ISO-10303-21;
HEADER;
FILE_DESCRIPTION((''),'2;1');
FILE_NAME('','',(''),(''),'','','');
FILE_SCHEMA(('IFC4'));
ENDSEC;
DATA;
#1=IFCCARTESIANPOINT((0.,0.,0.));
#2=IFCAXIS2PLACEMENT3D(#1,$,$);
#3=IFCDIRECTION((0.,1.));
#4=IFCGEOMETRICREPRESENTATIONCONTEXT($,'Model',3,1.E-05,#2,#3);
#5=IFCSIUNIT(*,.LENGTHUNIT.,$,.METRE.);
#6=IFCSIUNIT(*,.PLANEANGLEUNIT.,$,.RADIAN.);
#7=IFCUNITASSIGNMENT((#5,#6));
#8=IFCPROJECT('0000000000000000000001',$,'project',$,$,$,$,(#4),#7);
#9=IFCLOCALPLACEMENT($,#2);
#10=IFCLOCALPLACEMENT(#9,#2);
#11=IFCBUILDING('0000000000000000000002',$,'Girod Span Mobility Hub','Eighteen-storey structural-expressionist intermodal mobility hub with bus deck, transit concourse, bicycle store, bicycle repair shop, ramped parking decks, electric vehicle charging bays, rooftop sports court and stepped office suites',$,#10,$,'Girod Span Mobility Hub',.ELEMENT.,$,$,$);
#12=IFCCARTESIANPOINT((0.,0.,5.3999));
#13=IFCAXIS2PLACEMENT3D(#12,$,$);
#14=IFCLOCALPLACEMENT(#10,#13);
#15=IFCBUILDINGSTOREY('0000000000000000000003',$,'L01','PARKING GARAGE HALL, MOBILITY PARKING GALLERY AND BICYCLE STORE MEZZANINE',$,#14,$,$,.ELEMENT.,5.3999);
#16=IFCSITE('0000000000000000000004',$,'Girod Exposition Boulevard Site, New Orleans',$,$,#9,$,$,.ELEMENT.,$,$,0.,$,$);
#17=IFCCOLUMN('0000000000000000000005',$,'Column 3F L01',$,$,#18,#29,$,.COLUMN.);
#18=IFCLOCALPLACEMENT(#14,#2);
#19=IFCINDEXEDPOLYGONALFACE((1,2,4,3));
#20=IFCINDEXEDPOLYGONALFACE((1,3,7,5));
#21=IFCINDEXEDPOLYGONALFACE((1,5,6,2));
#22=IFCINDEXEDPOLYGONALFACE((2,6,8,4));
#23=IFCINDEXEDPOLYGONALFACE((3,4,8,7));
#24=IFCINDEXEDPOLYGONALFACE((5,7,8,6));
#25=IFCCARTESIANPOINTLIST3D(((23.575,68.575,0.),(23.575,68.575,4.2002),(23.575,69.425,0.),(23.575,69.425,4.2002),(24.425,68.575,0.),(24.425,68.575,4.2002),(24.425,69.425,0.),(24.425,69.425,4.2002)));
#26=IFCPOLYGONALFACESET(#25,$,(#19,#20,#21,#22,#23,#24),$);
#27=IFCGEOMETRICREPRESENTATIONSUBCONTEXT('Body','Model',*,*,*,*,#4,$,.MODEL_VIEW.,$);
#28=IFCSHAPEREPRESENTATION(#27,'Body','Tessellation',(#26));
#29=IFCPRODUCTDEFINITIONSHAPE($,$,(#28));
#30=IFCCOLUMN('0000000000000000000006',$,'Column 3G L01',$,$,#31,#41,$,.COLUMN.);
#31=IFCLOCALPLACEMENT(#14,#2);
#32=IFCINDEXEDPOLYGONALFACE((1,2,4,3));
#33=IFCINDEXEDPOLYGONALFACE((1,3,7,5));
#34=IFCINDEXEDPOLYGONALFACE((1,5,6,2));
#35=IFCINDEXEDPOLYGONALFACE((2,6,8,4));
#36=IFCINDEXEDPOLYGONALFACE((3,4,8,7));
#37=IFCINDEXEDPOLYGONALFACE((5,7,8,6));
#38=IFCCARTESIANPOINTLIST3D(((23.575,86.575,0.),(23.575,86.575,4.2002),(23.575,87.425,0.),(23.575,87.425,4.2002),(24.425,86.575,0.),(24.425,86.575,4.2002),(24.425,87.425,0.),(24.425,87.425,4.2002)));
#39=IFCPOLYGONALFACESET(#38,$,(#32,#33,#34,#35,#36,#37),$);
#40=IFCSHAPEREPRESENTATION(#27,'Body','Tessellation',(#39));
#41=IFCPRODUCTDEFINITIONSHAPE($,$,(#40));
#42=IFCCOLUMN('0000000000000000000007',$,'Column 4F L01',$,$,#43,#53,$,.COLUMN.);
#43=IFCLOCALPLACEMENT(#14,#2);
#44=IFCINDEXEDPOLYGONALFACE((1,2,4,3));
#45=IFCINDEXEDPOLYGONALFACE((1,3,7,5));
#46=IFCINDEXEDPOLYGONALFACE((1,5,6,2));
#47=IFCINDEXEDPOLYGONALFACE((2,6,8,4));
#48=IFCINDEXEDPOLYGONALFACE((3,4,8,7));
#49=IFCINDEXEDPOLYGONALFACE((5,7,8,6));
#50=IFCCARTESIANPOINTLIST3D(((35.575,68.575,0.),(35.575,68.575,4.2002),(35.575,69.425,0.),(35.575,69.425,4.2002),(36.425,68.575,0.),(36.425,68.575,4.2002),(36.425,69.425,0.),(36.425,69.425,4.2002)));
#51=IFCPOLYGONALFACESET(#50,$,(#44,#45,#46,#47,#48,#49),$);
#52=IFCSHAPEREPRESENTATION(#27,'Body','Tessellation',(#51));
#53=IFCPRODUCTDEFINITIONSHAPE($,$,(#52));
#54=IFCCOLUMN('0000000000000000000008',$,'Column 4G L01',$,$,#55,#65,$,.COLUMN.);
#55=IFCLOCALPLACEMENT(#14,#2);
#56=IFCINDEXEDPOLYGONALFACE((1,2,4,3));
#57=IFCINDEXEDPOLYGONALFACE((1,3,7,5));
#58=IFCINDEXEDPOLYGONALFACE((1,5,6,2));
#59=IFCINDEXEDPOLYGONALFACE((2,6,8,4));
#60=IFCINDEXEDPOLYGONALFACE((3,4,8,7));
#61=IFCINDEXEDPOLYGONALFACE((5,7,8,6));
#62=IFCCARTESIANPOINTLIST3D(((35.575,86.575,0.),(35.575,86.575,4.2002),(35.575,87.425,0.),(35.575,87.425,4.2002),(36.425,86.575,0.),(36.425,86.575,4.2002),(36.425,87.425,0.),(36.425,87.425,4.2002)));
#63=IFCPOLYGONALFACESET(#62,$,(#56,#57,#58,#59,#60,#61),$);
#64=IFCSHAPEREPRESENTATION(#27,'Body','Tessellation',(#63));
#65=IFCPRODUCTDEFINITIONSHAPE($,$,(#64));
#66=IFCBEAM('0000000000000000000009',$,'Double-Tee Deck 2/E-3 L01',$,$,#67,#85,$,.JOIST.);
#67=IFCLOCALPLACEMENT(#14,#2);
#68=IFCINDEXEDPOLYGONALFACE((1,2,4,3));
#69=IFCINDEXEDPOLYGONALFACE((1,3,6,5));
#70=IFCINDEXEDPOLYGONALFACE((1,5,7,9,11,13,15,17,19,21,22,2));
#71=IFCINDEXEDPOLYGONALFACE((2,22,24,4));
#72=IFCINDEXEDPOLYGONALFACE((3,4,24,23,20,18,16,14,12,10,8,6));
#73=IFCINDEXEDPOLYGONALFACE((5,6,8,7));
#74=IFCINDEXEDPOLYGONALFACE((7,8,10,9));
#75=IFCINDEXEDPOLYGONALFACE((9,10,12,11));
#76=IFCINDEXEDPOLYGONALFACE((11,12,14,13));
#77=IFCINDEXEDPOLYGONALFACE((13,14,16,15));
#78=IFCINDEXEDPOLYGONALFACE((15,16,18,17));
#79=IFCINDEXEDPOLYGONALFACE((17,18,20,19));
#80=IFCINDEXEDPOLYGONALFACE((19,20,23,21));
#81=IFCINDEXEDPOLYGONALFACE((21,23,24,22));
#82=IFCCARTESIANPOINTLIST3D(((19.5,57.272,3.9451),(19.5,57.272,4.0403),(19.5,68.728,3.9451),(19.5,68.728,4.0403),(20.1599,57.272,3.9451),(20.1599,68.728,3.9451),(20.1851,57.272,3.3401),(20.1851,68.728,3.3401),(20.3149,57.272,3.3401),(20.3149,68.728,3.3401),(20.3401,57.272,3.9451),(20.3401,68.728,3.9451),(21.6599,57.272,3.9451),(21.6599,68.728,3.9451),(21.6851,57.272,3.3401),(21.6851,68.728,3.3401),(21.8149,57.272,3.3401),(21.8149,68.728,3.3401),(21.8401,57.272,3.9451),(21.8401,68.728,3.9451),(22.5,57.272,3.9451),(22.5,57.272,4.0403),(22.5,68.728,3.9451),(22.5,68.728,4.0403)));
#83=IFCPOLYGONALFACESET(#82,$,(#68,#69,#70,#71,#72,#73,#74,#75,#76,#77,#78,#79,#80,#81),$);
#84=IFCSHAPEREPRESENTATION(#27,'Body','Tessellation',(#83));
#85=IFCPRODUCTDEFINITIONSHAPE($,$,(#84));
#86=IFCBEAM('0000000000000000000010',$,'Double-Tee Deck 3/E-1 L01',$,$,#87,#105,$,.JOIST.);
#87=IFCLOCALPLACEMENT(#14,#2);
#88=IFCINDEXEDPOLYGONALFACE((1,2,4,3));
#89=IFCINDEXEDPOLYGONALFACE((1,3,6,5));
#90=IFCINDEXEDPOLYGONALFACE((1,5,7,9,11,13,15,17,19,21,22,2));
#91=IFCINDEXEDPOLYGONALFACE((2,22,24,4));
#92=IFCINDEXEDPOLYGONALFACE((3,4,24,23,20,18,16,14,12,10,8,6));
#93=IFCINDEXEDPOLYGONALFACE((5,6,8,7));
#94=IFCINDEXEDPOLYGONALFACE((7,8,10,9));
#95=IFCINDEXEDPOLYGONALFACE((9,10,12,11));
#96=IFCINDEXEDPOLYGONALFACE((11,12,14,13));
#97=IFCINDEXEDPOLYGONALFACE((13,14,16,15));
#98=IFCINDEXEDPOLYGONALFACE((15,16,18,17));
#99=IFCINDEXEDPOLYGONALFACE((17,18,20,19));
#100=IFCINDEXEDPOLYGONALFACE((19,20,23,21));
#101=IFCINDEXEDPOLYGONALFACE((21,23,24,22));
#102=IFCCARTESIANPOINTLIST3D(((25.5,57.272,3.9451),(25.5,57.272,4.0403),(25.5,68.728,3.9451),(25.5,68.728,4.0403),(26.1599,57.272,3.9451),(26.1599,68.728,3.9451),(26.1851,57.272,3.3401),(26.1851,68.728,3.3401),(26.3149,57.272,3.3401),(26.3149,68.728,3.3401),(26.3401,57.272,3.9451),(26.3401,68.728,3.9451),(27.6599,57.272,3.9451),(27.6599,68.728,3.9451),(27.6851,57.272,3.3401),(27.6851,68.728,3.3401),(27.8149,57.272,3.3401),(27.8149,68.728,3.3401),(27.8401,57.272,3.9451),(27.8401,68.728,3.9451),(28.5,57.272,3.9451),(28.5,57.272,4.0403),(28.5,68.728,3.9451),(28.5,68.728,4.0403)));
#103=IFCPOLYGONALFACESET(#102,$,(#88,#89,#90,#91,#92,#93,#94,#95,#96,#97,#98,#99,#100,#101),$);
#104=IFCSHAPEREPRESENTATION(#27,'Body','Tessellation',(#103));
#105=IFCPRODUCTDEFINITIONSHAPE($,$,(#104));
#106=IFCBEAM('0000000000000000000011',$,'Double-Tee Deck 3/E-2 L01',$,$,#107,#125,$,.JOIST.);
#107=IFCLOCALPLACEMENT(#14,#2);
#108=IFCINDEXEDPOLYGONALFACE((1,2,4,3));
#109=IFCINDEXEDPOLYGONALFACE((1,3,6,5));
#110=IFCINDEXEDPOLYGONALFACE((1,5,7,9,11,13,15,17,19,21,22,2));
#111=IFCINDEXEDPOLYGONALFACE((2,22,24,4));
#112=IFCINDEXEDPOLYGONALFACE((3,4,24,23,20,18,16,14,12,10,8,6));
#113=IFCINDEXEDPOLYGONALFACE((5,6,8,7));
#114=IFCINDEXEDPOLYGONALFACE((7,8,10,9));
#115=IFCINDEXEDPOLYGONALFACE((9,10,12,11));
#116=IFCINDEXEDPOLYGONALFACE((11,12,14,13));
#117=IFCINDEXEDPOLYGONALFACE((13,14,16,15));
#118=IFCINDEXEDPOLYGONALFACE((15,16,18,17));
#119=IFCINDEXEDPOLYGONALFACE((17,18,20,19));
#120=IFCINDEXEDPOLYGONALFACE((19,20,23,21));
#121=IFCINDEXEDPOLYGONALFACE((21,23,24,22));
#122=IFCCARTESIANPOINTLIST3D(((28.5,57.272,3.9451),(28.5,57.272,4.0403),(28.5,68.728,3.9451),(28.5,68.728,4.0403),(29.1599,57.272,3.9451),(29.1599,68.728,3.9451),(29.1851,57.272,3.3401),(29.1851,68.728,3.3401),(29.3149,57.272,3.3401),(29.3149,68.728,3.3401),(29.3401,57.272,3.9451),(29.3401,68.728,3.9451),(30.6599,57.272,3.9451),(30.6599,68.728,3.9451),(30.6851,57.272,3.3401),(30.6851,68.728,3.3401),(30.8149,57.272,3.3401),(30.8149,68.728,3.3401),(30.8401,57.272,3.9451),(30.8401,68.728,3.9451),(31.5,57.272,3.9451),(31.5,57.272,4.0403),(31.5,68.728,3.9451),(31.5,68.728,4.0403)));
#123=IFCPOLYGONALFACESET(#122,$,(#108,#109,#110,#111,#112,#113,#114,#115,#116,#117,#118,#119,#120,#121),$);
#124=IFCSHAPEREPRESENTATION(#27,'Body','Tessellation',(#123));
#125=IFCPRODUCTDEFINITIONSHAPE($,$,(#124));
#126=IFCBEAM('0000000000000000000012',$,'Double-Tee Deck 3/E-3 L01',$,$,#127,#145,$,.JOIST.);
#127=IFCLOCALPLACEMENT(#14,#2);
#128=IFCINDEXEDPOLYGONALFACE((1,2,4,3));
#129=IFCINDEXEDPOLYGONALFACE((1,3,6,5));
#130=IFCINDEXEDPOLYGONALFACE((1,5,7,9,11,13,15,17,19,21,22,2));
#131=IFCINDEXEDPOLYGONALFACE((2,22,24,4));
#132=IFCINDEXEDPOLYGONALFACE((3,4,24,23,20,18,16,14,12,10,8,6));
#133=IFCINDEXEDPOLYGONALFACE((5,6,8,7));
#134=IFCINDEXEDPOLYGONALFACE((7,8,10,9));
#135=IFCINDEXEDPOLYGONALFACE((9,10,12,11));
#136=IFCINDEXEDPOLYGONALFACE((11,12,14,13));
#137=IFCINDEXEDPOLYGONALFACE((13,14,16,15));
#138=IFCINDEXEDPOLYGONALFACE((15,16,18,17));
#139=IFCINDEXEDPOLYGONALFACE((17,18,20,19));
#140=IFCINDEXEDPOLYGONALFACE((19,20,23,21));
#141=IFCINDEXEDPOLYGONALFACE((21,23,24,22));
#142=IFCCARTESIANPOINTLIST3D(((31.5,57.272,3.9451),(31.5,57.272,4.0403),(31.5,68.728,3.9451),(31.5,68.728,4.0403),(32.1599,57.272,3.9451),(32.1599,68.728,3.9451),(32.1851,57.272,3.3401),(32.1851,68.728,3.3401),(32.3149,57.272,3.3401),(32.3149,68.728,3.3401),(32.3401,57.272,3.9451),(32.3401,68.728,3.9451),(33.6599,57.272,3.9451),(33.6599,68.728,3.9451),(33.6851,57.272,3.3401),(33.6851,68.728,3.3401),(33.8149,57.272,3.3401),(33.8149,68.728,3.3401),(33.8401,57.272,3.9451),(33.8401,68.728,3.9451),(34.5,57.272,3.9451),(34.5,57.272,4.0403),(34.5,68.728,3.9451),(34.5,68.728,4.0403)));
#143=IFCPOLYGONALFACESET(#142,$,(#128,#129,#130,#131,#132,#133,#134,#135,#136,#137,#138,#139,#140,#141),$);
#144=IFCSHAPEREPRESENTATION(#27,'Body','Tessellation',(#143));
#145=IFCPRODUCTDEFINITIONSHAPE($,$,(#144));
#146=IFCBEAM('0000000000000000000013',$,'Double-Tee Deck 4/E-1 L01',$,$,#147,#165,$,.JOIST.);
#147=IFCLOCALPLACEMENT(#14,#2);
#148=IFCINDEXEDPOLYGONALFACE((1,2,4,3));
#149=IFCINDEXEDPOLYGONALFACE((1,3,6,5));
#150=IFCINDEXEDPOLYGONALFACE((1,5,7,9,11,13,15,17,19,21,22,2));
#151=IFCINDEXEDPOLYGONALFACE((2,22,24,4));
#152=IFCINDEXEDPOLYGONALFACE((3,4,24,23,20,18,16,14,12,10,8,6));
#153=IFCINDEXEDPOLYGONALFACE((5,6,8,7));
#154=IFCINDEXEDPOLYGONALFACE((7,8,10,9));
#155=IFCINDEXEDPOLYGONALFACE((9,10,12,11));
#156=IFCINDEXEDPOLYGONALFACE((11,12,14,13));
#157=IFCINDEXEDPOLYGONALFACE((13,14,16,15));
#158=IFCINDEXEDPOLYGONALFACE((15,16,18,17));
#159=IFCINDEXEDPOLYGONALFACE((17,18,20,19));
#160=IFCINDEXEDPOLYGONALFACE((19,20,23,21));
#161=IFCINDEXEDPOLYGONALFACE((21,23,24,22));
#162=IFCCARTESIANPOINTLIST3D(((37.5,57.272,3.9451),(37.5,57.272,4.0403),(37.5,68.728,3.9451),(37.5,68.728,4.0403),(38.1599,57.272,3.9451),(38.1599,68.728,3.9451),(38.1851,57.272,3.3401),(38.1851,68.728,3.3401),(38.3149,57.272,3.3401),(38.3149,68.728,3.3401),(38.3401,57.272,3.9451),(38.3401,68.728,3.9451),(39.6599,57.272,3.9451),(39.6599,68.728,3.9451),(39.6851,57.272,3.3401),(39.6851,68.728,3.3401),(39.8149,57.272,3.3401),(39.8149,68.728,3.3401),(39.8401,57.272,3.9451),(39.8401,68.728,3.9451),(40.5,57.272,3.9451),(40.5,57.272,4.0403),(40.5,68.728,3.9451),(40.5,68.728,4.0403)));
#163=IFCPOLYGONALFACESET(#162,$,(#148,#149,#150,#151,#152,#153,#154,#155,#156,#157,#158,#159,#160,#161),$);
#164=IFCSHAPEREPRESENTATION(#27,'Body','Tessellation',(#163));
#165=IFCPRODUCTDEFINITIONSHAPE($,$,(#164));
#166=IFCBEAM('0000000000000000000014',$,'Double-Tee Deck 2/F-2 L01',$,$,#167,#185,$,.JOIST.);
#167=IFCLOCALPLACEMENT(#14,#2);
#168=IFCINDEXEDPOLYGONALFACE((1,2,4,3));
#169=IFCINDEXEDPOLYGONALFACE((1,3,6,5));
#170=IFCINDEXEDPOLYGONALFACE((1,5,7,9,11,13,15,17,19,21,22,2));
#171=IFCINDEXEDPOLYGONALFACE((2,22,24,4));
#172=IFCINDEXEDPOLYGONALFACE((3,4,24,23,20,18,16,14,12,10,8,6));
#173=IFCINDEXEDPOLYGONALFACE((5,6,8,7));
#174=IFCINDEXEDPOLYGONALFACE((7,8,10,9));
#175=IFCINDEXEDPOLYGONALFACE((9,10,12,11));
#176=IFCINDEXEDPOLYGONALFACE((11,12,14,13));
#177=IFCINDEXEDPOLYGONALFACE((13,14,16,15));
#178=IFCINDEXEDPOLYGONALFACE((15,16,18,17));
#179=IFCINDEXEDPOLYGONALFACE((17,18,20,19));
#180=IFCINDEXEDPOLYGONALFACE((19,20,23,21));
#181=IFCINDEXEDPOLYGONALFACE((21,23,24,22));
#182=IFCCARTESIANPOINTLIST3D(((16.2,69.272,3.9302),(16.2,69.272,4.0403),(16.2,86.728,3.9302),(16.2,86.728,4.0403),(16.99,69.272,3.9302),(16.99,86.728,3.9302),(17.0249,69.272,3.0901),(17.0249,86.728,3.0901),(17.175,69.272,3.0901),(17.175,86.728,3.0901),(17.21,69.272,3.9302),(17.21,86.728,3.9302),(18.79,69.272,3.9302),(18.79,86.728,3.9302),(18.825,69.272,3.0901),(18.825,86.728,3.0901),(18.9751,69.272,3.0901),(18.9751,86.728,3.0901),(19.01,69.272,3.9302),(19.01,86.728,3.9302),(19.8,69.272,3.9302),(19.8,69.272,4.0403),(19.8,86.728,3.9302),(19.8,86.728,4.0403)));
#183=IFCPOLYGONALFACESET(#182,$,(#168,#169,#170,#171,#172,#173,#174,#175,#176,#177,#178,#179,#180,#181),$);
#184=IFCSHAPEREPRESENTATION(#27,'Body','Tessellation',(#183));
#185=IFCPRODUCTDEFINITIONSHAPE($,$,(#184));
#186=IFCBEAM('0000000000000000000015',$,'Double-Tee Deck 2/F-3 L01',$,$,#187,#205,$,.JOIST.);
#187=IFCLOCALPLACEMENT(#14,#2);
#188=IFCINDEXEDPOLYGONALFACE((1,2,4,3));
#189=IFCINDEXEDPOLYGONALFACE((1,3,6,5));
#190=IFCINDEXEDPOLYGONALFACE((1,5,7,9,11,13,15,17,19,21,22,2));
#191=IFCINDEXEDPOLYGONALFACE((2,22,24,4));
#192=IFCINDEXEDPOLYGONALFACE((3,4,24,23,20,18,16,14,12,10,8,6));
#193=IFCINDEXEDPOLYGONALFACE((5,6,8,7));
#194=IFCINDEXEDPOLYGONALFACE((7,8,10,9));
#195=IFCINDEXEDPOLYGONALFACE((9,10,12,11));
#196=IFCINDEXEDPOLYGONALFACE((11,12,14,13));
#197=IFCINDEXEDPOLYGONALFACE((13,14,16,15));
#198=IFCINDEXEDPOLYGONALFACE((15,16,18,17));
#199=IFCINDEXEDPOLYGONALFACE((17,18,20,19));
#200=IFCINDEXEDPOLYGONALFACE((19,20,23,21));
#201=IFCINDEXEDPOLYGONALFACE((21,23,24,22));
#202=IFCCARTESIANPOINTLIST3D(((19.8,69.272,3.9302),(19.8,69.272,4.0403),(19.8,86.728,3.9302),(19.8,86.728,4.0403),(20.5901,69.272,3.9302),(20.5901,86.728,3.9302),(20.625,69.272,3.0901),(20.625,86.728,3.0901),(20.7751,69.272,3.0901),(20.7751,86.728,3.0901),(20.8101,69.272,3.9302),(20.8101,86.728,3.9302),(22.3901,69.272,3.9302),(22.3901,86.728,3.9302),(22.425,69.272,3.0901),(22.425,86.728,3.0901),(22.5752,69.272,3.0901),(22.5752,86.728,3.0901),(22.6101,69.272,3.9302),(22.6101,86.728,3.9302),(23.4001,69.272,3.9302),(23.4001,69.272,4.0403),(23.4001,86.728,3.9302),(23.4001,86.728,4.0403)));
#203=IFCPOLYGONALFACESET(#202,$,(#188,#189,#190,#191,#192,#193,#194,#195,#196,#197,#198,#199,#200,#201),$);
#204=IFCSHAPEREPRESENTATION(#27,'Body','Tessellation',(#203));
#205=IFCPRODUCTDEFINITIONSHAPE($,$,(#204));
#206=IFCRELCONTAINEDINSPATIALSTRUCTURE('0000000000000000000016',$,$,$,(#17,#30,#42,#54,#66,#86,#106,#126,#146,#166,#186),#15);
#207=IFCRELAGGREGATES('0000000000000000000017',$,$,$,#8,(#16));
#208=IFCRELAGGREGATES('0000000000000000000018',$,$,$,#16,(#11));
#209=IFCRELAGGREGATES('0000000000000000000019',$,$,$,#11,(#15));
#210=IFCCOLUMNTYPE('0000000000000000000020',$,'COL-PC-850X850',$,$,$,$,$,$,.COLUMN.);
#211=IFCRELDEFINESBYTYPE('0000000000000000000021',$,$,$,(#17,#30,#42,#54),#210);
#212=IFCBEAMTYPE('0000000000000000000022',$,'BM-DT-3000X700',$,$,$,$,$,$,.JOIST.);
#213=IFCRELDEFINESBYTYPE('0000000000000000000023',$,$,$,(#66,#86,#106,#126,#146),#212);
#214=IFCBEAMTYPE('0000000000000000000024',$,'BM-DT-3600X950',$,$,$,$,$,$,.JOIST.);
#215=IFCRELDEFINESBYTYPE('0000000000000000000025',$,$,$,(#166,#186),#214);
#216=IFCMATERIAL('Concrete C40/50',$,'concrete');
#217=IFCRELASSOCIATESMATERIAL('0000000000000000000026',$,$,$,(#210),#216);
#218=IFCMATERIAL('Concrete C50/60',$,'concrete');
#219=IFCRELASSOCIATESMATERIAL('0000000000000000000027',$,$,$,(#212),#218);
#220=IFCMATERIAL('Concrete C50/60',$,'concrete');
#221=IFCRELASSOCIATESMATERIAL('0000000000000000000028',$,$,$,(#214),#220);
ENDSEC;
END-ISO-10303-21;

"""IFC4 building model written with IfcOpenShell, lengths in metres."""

from ifc_helpers import new_model, si_unit, direction, frame, origin, origin_2d, place, context, subcontext, project, spatial, polyline, rectangle, outline, extrude, material, material_profile, profile_set, type_object, element, save


model = new_model("IFC4")

# Units and contexts
model_context = context("Model", 3, precision=1e-05, world=origin(), true_north=direction((0.0, 1.0)))
body_context = subcontext(model_context, "Body", "Model", "MODEL_VIEW")
ifc_project = project(units=[si_unit("LENGTHUNIT", "METRE"), si_unit("PLANEANGLEUNIT", "RADIAN")], contexts=[model_context])

# Site, building, storey
site_placement = place(None, origin())
site = spatial("IfcSite", under=ifc_project, at=site_placement, Name="Girod Exposition Boulevard Site, New Orleans", CompositionType="ELEMENT", RefElevation=0.0)
building_placement = place(site_placement, origin())
building = spatial("IfcBuilding", under=site, at=building_placement, Name="Girod Span Mobility Hub", Description="Eighteen-storey structural-expressionist intermodal mobility hub with bus deck, transit concourse, bicycle store, bicycle repair shop, ramped parking decks, electric vehicle charging bays, rooftop sports court and stepped office suites", LongName="Girod Span Mobility Hub", CompositionType="ELEMENT")
storey_placement = place(building_placement, frame((0.0, 0.0, 5.3999)))
storey = spatial("IfcBuildingStorey", under=building, at=storey_placement, Name="L01", Description="PARKING GARAGE HALL, MOBILITY PARKING GALLERY AND BICYCLE STORE MEZZANINE", CompositionType="ELEMENT", Elevation=5.3999)

# Columns
ifc_material_1 = material(Name="Concrete C40/50", Category="concrete")
ifc_material_profile_1 = material_profile(ifc_material_1, rectangle(XDim=0.8501, YDim=0.8501, at=origin_2d()), Name="PC-COL-850X850")
ifc_profile_set_1 = profile_set([ifc_material_profile_1], Name="Concrete C40/50")
column_type = type_object("IfcColumnType", Name="COL-PC-850X850", PredefinedType="COLUMN", material=ifc_profile_set_1)
for number, where, z_axis, x_axis, name in (
    (1, (24.0, 69.0, 0.0), (0.0, 0.0, 1.0), (1.0, 0.0, 0.0), "Column 3F L01"),
    (2, (24.0, 87.0, 0.0), (0.0, 0.0, 1.0), (1.0, 0.0, 0.0), "Column 3G L01"),
    (3, (36.0, 69.0, 0.0), (0.0, 0.0, 1.0), (1.0, 0.0, 0.0), "Column 4F L01"),
    (4, (36.0, 87.0, 0.0), (0.0, 0.0, 1.0), (1.0, 0.0, 0.0), "Column 4G L01"),
):
    element("IfcColumn", number, at=place(storey_placement, frame(where, z_axis=z_axis, x_axis=x_axis)), inside=storey, type_object=column_type, Name=name, PredefinedType="COLUMN", context=body_context, shape_type="SweptSolid", body=[
        extrude(rectangle(XDim=0.8501, YDim=0.8501, at=origin_2d()), origin(), (0.0, 0.0, 1.0), 4.2002),
    ])

# Beams
ifc_material_2 = material(Name="Concrete C50/60", Category="concrete")
ifc_material_profile_2 = material_profile(ifc_material_2, outline(polyline([(-1.5, 0.3501), (-1.5, 0.2549), (-0.8401, 0.2549), (-0.8149, -0.3501), (-0.6851, -0.3501), (-0.6599, 0.2549), (0.6599, 0.2549), (0.6851, -0.3501), (0.8149, -0.3501), (0.8401, 0.2549), (1.5, 0.2549), (1.5, 0.3501), (-1.5, 0.3501)])), Name="DT-3000X700")
ifc_profile_set_2 = profile_set([ifc_material_profile_2], Name="Concrete C50/60")
beam_type_1 = type_object("IfcBeamType", Name="BM-DT-3000X700", PredefinedType="JOIST", material=ifc_profile_set_2)
for number, where, z_axis, x_axis, name in (
    (5, (21.0, 57.272, 3.6902), (0.0, 1.0, 0.0), (-1.0, 0.0, 0.0), "Double-Tee Deck 2/E-3 L01"),
    (6, (27.0, 57.272, 3.6902), (0.0, 1.0, 0.0), (-1.0, 0.0, 0.0), "Double-Tee Deck 3/E-1 L01"),
    (7, (30.0, 57.272, 3.6902), (0.0, 1.0, 0.0), (-1.0, 0.0, 0.0), "Double-Tee Deck 3/E-2 L01"),
    (8, (33.0, 57.272, 3.6902), (0.0, 1.0, 0.0), (-1.0, 0.0, 0.0), "Double-Tee Deck 3/E-3 L01"),
    (9, (39.0, 57.272, 3.6902), (0.0, 1.0, 0.0), (-1.0, 0.0, 0.0), "Double-Tee Deck 4/E-1 L01"),
):
    element("IfcBeam", number, at=place(storey_placement, frame(where, z_axis=z_axis, x_axis=x_axis)), inside=storey, type_object=beam_type_1, Name=name, PredefinedType="JOIST", context=body_context, shape_type="SweptSolid", body=[
        extrude(outline(polyline([(-1.5, 0.3501), (-1.5, 0.2549), (-0.8401, 0.2549), (-0.8149, -0.3501), (-0.6851, -0.3501), (-0.6599, 0.2549), (0.6599, 0.2549), (0.6851, -0.3501), (0.8149, -0.3501), (0.8401, 0.2549), (1.5, 0.2549), (1.5, 0.3501), (-1.5, 0.3501)])), origin(), (0.0, 0.0, 1.0), 11.4561),
    ])
ifc_material_3 = material(Name="Concrete C50/60", Category="concrete")
ifc_material_profile_3 = material_profile(ifc_material_3, outline(polyline([(-1.8, 0.4751), (-1.8, 0.365), (-1.01, 0.365), (-0.9751, -0.4751), (-0.825, -0.4751), (-0.79, 0.365), (0.79, 0.365), (0.825, -0.4751), (0.9751, -0.4751), (1.01, 0.365), (1.8, 0.365), (1.8, 0.4751), (-1.8, 0.4751)])), Name="DT-3600X950")
ifc_profile_set_3 = profile_set([ifc_material_profile_3], Name="Concrete C50/60")
beam_type_2 = type_object("IfcBeamType", Name="BM-DT-3600X950", PredefinedType="JOIST", material=ifc_profile_set_3)
for number, where, z_axis, x_axis, name in (
    (10, (18.0, 69.272, 3.5652), (0.0, 1.0, 0.0), (-1.0, 0.0, 0.0), "Double-Tee Deck 2/F-2 L01"),
    (11, (21.6001, 69.272, 3.5652), (0.0, 1.0, 0.0), (-1.0, 0.0, 0.0), "Double-Tee Deck 2/F-3 L01"),
):
    element("IfcBeam", number, at=place(storey_placement, frame(where, z_axis=z_axis, x_axis=x_axis)), inside=storey, type_object=beam_type_2, Name=name, PredefinedType="JOIST", context=body_context, shape_type="SweptSolid", body=[
        extrude(outline(polyline([(-1.8, 0.4751), (-1.8, 0.365), (-1.01, 0.365), (-0.9751, -0.4751), (-0.825, -0.4751), (-0.79, 0.365), (0.79, 0.365), (0.825, -0.4751), (0.9751, -0.4751), (1.01, 0.365), (1.8, 0.365), (1.8, 0.4751), (-1.8, 0.4751)])), origin(), (0.0, 0.0, 1.0), 17.4561),
    ])

save(model, "model.ifc")
